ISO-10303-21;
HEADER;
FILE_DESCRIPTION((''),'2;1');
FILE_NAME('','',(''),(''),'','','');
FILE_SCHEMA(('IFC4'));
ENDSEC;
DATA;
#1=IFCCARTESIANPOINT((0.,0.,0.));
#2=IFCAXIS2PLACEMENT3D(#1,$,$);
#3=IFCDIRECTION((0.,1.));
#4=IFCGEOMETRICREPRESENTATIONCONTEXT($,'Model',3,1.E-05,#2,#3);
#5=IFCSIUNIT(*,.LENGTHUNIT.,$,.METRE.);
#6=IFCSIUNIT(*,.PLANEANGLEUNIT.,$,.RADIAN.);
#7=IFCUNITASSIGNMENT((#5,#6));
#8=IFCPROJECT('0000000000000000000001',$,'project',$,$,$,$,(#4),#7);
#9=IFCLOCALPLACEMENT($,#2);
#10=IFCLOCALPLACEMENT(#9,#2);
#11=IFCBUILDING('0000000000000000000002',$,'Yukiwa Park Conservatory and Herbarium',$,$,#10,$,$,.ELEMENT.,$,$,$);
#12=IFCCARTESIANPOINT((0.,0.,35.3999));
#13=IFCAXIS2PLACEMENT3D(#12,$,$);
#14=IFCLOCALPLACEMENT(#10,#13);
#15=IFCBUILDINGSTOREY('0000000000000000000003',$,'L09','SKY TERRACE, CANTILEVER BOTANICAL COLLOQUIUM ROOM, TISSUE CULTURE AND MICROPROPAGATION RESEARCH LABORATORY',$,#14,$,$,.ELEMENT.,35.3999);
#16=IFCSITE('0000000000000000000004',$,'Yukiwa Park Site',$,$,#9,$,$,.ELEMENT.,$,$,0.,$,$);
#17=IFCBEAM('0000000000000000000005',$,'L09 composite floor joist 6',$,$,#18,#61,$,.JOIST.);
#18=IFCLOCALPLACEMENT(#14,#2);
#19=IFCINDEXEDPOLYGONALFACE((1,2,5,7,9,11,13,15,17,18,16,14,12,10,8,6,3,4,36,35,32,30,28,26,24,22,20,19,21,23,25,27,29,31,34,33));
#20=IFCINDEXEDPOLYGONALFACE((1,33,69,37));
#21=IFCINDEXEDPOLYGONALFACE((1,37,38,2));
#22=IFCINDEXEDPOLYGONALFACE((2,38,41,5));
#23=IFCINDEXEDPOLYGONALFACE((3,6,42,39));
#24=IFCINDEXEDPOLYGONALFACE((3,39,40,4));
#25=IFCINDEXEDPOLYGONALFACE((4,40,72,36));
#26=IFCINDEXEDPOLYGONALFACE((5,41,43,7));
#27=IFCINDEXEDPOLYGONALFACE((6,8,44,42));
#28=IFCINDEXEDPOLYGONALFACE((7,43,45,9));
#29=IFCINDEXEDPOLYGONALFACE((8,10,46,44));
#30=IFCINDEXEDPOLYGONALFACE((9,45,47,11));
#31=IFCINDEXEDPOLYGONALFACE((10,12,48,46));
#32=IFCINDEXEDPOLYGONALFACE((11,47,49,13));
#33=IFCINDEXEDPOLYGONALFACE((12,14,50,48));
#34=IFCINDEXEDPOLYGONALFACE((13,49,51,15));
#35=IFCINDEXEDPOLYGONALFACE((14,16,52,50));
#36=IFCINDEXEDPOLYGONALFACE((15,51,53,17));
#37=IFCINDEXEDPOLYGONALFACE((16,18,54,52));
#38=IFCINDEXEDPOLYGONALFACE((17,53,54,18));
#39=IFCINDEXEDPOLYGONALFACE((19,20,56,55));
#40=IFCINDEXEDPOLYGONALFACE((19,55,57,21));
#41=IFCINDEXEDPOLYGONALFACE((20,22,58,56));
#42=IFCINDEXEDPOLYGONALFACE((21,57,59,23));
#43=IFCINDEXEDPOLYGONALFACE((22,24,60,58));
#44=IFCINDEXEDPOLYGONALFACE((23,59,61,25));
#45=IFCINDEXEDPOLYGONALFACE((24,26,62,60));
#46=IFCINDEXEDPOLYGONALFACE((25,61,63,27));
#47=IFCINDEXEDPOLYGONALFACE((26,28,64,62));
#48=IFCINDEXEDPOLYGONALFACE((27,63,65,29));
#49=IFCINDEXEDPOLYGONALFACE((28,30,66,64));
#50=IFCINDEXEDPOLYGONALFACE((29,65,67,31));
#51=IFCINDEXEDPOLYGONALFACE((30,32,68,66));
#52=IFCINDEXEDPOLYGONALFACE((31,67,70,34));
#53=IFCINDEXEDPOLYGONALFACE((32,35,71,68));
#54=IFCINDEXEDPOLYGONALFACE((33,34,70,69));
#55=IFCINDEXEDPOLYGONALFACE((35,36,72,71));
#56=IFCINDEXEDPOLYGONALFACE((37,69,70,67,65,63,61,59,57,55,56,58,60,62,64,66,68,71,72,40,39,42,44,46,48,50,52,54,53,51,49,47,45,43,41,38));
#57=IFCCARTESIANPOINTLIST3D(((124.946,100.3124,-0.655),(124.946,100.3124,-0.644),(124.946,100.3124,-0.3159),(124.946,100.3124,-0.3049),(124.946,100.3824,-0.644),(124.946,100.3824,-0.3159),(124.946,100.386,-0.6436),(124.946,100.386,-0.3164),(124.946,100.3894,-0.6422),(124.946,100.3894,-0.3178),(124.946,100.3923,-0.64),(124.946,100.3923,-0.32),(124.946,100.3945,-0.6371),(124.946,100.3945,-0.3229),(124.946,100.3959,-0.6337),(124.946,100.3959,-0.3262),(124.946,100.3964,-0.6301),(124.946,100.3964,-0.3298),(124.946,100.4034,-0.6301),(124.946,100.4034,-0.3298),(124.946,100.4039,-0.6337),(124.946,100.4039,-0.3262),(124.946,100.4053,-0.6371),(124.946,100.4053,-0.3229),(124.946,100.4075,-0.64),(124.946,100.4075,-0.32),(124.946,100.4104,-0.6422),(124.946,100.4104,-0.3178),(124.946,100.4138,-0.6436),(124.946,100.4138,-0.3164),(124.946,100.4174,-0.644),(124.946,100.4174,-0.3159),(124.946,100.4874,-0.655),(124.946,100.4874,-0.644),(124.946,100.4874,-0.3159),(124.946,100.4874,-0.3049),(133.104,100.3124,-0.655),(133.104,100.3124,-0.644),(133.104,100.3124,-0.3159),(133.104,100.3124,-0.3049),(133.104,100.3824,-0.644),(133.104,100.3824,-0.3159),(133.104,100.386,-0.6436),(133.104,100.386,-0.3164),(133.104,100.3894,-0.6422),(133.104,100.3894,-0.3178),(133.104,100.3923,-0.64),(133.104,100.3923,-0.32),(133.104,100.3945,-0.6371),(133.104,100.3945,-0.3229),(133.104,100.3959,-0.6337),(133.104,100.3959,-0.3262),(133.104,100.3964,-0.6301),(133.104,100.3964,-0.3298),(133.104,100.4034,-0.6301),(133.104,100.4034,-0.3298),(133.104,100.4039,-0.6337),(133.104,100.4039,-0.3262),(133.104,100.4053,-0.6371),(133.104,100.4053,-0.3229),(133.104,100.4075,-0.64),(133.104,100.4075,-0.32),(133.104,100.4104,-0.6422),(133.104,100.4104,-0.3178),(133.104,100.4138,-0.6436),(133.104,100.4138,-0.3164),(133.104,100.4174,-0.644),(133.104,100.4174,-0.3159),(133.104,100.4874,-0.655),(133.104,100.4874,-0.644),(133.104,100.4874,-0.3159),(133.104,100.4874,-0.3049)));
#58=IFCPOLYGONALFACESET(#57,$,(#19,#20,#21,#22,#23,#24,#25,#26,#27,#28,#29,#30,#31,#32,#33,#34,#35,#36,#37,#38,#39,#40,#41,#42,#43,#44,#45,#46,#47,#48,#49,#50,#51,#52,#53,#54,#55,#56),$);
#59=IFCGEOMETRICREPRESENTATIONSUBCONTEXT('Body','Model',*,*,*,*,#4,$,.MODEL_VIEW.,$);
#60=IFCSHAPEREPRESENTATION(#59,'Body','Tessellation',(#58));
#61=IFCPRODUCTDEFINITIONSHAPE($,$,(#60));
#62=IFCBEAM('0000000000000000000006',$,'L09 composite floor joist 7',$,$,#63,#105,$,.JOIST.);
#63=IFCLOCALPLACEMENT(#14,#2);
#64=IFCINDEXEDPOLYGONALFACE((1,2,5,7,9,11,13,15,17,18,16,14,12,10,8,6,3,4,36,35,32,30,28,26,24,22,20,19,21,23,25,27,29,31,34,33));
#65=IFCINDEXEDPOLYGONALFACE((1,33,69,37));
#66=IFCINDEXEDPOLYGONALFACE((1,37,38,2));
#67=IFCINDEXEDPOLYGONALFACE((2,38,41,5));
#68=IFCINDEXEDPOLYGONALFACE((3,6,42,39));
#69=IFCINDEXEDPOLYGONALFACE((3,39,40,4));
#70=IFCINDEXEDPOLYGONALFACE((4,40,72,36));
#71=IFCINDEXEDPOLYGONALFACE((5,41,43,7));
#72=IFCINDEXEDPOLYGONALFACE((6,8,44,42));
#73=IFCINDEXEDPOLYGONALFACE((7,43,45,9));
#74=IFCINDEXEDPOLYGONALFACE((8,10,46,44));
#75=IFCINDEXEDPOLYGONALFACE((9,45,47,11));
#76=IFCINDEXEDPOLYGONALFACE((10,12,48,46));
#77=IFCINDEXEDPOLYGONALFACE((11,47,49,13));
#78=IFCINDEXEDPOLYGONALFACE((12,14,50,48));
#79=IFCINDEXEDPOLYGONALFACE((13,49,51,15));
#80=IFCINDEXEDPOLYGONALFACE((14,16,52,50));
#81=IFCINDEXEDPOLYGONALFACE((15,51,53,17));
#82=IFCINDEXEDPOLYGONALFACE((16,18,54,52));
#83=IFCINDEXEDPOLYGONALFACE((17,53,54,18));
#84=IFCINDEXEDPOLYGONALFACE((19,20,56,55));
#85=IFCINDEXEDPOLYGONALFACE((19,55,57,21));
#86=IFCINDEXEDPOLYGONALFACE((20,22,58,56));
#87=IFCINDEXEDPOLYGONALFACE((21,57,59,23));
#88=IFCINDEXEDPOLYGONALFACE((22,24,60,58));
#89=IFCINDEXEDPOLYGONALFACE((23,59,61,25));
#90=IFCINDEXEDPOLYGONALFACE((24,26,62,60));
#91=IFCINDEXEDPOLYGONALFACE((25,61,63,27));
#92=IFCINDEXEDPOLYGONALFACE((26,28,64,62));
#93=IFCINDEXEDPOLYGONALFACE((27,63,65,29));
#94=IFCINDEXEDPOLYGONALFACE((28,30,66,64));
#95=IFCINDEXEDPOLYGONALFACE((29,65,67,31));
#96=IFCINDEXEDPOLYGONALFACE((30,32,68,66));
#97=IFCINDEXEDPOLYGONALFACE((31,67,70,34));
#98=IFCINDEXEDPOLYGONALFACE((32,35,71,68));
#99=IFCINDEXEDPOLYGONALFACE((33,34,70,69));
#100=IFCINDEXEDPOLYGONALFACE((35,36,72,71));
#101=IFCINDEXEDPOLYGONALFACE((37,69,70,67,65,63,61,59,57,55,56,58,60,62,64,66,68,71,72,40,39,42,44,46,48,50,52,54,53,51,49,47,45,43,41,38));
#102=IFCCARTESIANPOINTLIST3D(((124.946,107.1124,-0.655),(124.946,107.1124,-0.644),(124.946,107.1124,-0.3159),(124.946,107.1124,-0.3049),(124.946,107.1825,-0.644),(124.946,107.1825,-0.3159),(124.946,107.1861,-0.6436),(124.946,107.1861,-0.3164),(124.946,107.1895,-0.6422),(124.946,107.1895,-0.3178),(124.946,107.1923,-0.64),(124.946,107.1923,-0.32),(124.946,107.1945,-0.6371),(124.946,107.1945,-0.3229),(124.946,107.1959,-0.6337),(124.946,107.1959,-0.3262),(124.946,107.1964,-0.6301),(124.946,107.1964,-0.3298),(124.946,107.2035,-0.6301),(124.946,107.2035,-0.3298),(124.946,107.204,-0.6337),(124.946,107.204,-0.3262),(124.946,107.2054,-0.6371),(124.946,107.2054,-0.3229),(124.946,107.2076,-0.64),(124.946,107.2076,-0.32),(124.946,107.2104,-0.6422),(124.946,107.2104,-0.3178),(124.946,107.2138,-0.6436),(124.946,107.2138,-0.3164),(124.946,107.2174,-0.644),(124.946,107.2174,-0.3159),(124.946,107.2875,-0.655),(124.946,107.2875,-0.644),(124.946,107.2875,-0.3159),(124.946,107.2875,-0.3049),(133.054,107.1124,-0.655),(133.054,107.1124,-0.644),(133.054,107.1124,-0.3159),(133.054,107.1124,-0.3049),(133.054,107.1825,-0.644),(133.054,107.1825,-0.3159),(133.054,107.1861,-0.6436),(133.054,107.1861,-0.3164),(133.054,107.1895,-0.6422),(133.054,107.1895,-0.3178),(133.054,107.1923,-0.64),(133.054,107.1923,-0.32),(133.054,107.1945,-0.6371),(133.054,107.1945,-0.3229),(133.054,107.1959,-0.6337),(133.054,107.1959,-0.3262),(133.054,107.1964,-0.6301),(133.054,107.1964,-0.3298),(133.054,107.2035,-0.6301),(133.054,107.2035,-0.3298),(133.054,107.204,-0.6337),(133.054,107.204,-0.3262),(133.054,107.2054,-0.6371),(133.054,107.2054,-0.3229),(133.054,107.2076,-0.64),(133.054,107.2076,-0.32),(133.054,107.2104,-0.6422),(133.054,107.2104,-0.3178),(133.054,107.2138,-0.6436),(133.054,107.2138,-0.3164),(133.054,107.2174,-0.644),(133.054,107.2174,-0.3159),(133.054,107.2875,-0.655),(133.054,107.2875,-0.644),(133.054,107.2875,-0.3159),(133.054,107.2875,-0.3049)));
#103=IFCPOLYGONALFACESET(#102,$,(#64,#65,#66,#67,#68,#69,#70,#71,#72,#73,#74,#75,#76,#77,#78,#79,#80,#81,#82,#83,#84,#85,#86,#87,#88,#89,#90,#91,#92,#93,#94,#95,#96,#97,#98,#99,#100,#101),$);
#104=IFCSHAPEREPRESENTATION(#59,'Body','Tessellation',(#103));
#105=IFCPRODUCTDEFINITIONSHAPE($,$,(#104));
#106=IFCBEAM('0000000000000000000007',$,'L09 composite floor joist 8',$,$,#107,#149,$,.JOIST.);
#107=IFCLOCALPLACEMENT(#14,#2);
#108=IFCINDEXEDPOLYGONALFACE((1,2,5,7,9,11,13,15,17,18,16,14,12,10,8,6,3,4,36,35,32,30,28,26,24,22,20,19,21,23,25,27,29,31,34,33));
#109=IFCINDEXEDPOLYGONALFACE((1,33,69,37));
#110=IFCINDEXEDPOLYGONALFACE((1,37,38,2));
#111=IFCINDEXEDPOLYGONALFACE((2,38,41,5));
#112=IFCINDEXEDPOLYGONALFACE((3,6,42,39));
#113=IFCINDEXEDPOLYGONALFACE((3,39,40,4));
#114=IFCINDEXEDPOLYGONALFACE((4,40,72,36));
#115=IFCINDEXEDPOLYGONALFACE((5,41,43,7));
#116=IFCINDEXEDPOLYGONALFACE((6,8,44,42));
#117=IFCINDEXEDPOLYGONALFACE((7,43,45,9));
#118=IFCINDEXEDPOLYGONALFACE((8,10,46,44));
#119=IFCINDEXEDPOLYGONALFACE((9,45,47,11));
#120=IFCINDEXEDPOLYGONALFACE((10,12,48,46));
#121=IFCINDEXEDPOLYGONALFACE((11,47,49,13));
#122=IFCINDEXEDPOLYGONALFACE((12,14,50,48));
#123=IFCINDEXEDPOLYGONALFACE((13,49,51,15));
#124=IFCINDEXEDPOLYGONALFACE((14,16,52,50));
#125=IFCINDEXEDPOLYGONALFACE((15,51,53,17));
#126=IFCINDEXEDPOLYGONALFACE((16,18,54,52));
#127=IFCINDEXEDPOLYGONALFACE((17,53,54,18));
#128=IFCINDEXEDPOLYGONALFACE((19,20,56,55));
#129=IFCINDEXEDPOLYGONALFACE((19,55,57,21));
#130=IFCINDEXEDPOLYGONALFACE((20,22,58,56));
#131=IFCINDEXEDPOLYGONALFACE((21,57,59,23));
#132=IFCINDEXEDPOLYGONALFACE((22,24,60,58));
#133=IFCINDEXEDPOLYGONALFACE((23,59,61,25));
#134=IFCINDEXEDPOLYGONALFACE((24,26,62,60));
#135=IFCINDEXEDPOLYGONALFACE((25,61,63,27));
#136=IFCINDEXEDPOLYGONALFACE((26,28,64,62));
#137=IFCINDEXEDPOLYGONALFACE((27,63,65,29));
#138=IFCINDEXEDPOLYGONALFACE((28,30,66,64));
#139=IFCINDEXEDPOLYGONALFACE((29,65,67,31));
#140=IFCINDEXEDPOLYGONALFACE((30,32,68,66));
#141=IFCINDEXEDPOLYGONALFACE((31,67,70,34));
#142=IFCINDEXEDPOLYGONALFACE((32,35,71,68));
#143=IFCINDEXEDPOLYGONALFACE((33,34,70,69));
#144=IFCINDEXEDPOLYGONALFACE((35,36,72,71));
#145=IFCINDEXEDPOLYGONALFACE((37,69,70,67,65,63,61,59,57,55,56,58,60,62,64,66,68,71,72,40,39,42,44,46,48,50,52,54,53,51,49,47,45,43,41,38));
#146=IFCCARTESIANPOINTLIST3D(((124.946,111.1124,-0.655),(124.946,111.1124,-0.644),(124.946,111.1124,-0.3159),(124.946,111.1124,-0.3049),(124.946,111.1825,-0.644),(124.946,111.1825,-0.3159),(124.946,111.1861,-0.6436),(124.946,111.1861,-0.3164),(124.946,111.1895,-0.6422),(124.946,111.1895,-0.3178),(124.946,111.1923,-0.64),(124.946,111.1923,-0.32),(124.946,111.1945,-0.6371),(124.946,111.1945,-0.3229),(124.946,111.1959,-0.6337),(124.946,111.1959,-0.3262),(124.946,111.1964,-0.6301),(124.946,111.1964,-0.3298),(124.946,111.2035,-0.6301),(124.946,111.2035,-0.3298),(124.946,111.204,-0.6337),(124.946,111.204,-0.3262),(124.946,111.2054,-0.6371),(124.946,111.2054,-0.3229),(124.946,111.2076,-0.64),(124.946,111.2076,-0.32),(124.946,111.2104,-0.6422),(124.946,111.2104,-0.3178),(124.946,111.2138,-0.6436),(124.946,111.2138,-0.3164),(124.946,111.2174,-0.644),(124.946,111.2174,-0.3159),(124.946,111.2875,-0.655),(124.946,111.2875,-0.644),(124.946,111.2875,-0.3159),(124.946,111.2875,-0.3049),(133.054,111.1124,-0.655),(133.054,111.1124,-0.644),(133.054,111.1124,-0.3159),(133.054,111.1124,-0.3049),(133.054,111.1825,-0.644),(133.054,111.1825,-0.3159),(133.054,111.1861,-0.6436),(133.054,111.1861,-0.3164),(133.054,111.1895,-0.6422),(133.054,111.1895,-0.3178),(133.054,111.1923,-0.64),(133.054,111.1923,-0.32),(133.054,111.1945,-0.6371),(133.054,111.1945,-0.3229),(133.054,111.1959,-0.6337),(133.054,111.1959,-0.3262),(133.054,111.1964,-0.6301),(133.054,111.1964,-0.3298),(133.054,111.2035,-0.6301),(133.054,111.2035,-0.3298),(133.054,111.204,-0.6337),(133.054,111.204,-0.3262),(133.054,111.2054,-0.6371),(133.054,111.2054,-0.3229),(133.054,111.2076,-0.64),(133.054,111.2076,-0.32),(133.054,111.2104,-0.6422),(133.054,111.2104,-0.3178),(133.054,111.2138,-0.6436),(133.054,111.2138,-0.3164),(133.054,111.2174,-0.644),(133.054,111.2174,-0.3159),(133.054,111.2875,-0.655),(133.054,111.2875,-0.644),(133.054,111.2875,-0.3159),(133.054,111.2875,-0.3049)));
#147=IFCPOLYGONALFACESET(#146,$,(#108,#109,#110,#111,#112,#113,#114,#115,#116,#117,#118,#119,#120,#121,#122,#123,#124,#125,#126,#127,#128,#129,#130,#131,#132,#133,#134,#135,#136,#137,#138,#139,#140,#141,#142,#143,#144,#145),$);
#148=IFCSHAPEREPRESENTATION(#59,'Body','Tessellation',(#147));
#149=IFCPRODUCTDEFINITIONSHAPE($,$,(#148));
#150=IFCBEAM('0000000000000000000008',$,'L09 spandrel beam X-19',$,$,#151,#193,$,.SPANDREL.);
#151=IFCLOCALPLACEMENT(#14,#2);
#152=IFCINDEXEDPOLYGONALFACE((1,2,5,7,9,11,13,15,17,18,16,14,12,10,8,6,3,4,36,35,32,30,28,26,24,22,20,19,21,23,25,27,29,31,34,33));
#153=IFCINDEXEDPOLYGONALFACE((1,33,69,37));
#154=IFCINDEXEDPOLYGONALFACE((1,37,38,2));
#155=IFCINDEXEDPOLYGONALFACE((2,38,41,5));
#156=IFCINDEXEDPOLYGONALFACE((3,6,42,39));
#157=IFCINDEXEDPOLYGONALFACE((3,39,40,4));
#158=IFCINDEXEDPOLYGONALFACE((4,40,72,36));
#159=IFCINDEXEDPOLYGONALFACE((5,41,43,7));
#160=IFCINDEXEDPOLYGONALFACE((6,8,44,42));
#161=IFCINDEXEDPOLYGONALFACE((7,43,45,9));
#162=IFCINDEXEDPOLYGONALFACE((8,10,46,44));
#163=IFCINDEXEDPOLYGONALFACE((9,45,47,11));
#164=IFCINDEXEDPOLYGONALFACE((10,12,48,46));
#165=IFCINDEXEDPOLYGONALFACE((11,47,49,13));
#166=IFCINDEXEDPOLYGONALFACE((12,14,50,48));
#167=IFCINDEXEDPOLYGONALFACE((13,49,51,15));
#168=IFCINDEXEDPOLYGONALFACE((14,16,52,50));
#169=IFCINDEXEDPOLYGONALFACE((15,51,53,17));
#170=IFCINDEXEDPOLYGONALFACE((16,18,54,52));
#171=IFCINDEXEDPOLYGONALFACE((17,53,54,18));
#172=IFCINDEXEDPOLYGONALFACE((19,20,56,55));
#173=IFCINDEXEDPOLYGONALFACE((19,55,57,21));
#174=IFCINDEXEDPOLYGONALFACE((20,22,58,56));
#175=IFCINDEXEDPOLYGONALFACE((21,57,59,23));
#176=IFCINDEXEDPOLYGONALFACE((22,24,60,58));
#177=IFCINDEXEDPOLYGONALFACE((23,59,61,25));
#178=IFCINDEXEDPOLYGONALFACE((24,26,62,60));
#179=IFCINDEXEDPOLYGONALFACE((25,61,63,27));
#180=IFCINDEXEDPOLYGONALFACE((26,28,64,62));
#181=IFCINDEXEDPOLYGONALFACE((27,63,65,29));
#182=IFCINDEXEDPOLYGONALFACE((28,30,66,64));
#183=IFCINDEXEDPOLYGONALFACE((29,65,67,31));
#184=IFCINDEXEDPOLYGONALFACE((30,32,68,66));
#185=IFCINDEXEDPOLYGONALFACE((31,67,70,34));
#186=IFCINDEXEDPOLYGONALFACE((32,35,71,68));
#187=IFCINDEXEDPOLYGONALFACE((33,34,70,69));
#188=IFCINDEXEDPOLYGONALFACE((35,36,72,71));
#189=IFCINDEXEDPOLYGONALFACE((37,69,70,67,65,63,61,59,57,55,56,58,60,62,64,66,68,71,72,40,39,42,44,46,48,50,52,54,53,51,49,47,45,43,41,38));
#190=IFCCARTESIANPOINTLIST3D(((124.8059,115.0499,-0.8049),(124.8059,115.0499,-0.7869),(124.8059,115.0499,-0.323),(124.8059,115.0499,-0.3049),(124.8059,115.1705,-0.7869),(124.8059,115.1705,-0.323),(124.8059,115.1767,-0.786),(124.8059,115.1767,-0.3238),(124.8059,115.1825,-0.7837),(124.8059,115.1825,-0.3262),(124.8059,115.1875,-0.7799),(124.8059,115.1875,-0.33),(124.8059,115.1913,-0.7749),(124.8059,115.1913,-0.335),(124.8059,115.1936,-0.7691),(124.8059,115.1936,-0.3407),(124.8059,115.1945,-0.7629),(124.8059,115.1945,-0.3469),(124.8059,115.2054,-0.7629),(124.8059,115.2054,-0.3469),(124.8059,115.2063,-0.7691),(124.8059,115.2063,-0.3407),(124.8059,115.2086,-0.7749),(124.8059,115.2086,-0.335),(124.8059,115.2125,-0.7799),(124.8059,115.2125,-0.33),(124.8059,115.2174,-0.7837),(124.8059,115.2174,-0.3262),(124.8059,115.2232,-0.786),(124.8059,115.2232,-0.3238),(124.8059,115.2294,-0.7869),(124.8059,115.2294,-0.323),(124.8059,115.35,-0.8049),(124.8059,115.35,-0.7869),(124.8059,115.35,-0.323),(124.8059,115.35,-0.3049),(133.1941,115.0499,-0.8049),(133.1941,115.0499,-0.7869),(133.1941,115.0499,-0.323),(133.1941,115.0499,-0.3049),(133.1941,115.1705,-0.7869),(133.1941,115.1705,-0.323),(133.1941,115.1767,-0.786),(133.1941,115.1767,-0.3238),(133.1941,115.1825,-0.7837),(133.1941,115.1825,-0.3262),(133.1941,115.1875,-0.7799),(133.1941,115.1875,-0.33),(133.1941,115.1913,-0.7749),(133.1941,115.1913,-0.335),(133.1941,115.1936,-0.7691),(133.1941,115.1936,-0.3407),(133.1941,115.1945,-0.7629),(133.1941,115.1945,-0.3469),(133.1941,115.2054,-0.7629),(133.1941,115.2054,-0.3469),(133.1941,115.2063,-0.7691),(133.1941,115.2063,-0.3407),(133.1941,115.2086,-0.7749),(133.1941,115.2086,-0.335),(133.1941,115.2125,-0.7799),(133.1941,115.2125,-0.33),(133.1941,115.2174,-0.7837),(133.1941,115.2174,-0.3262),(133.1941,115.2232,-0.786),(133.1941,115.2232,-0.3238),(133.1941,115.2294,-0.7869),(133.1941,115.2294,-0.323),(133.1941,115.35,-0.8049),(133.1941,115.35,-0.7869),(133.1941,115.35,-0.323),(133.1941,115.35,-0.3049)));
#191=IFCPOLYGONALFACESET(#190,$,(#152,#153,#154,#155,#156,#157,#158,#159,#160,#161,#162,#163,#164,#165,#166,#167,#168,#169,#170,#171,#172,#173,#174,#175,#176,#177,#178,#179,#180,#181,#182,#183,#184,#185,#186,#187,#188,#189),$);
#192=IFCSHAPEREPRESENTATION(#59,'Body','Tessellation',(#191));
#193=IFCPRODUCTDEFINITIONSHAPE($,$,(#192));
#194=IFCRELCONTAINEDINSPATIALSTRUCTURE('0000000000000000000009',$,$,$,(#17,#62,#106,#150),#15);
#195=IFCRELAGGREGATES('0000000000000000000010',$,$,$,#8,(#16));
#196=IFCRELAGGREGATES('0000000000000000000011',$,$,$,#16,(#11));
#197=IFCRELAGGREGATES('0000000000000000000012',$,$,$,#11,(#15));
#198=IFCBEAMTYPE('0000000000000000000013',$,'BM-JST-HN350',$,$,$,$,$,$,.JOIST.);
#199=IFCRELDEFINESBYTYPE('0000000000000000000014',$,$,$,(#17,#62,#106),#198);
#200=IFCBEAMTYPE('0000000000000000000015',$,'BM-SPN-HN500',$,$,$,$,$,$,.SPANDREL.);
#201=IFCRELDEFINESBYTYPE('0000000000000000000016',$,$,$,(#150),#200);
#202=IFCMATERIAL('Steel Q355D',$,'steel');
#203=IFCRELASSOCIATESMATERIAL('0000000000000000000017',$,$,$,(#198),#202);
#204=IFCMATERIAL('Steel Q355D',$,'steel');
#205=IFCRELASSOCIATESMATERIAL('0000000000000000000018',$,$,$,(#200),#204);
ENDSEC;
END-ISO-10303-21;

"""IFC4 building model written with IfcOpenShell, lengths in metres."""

from ifc_helpers import new_model, si_unit, direction, frame, origin, origin_2d, place, context, subcontext, project, spatial, i_section, extrude, material, material_profile, profile_set, type_object, element, save


model = new_model("IFC4")

# Units and contexts
model_context = context("Model", 3, precision=1e-05, world=origin(), true_north=direction((0.0, 1.0)))
body_context = subcontext(model_context, "Body", "Model", "MODEL_VIEW")
ifc_project = project(units=[si_unit("LENGTHUNIT", "METRE"), si_unit("PLANEANGLEUNIT", "RADIAN")], contexts=[model_context])

# Site, building, storey
site_placement = place(None, origin())
site = spatial("IfcSite", under=ifc_project, at=site_placement, Name="Yukiwa Park Site", CompositionType="ELEMENT", RefElevation=0.0)
building_placement = place(site_placement, origin())
building = spatial("IfcBuilding", under=site, at=building_placement, Name="Yukiwa Park Conservatory and Herbarium", CompositionType="ELEMENT")
storey_placement = place(building_placement, frame((0.0, 0.0, 35.3999)))
storey = spatial("IfcBuildingStorey", under=building, at=storey_placement, Name="L09", Description="SKY TERRACE, CANTILEVER BOTANICAL COLLOQUIUM ROOM, TISSUE CULTURE AND MICROPROPAGATION RESEARCH LABORATORY", CompositionType="ELEMENT", Elevation=35.3999)

# Beams
ifc_material_1 = material(Name="Steel Q355D", Category="steel")
ifc_material_profile_1 = material_profile(ifc_material_1, i_section(OverallWidth=0.175, OverallDepth=0.3501, WebThickness=0.0071, FlangeThickness=0.011, FilletRadius=0.0139, at=origin_2d()), Name="HN 350x175x7x11")
ifc_profile_set_1 = profile_set([ifc_material_profile_1], Name="Steel Q355D")
beam_type_1 = type_object("IfcBeamType", Name="BM-JST-HN350", PredefinedType="JOIST", material=ifc_profile_set_1)
for number, where, z_axis, x_axis, name in (
    (1, (124.946, 100.3999, -0.48), (1.0, 0.0, 0.0), (0.0, 1.0, 0.0), "L09 composite floor joist 6"),
):
    element("IfcBeam", number, at=place(storey_placement, frame(where, z_axis=z_axis, x_axis=x_axis)), inside=storey, type_object=beam_type_1, Name=name, PredefinedType="JOIST", context=body_context, shape_type="SweptSolid", body=[
        extrude(i_section(OverallWidth=0.175, OverallDepth=0.3501, WebThickness=0.0071, FlangeThickness=0.011, FilletRadius=0.0139, at=origin_2d()), origin(), (0.0, 0.0, 1.0), 8.158),
    ])
for number, where, z_axis, x_axis, name in (
    (2, (124.946, 107.2, -0.48), (1.0, 0.0, 0.0), (0.0, 1.0, 0.0), "L09 composite floor joist 7"),
    (3, (124.946, 111.2, -0.48), (1.0, 0.0, 0.0), (0.0, 1.0, 0.0), "L09 composite floor joist 8"),
):
    element("IfcBeam", number, at=place(storey_placement, frame(where, z_axis=z_axis, x_axis=x_axis)), inside=storey, type_object=beam_type_1, Name=name, PredefinedType="JOIST", context=body_context, shape_type="SweptSolid", body=[
        extrude(i_section(OverallWidth=0.175, OverallDepth=0.3501, WebThickness=0.0071, FlangeThickness=0.011, FilletRadius=0.0139, at=origin_2d()), origin(), (0.0, 0.0, 1.0), 8.1079),
    ])
ifc_material_2 = material(Name="Steel Q355D", Category="steel")
ifc_material_profile_2 = material_profile(ifc_material_2, i_section(OverallWidth=0.3, OverallDepth=0.5, WebThickness=0.011, FlangeThickness=0.0181, FilletRadius=0.0239, at=origin_2d()), Name="HM 500x300x11x18")
ifc_profile_set_2 = profile_set([ifc_material_profile_2], Name="Steel Q355D")
beam_type_2 = type_object("IfcBeamType", Name="BM-SPN-HN500", PredefinedType="SPANDREL", material=ifc_profile_set_2)
beam_placement = place(storey_placement, frame((124.8059, 115.2, -0.5549), z_axis=(1.0, 0.0, 0.0), x_axis=(0.0, 1.0, 0.0)))
element("IfcBeam", 4, at=beam_placement, inside=storey, type_object=beam_type_2, Name="L09 spandrel beam X-19", PredefinedType="SPANDREL", context=body_context, shape_type="SweptSolid", body=[
    extrude(i_section(OverallWidth=0.3, OverallDepth=0.5, WebThickness=0.011, FlangeThickness=0.0181, FilletRadius=0.0239, at=origin_2d()), origin(), (0.0, 0.0, 1.0), 8.3882),
])

save(model, "model.ifc")
